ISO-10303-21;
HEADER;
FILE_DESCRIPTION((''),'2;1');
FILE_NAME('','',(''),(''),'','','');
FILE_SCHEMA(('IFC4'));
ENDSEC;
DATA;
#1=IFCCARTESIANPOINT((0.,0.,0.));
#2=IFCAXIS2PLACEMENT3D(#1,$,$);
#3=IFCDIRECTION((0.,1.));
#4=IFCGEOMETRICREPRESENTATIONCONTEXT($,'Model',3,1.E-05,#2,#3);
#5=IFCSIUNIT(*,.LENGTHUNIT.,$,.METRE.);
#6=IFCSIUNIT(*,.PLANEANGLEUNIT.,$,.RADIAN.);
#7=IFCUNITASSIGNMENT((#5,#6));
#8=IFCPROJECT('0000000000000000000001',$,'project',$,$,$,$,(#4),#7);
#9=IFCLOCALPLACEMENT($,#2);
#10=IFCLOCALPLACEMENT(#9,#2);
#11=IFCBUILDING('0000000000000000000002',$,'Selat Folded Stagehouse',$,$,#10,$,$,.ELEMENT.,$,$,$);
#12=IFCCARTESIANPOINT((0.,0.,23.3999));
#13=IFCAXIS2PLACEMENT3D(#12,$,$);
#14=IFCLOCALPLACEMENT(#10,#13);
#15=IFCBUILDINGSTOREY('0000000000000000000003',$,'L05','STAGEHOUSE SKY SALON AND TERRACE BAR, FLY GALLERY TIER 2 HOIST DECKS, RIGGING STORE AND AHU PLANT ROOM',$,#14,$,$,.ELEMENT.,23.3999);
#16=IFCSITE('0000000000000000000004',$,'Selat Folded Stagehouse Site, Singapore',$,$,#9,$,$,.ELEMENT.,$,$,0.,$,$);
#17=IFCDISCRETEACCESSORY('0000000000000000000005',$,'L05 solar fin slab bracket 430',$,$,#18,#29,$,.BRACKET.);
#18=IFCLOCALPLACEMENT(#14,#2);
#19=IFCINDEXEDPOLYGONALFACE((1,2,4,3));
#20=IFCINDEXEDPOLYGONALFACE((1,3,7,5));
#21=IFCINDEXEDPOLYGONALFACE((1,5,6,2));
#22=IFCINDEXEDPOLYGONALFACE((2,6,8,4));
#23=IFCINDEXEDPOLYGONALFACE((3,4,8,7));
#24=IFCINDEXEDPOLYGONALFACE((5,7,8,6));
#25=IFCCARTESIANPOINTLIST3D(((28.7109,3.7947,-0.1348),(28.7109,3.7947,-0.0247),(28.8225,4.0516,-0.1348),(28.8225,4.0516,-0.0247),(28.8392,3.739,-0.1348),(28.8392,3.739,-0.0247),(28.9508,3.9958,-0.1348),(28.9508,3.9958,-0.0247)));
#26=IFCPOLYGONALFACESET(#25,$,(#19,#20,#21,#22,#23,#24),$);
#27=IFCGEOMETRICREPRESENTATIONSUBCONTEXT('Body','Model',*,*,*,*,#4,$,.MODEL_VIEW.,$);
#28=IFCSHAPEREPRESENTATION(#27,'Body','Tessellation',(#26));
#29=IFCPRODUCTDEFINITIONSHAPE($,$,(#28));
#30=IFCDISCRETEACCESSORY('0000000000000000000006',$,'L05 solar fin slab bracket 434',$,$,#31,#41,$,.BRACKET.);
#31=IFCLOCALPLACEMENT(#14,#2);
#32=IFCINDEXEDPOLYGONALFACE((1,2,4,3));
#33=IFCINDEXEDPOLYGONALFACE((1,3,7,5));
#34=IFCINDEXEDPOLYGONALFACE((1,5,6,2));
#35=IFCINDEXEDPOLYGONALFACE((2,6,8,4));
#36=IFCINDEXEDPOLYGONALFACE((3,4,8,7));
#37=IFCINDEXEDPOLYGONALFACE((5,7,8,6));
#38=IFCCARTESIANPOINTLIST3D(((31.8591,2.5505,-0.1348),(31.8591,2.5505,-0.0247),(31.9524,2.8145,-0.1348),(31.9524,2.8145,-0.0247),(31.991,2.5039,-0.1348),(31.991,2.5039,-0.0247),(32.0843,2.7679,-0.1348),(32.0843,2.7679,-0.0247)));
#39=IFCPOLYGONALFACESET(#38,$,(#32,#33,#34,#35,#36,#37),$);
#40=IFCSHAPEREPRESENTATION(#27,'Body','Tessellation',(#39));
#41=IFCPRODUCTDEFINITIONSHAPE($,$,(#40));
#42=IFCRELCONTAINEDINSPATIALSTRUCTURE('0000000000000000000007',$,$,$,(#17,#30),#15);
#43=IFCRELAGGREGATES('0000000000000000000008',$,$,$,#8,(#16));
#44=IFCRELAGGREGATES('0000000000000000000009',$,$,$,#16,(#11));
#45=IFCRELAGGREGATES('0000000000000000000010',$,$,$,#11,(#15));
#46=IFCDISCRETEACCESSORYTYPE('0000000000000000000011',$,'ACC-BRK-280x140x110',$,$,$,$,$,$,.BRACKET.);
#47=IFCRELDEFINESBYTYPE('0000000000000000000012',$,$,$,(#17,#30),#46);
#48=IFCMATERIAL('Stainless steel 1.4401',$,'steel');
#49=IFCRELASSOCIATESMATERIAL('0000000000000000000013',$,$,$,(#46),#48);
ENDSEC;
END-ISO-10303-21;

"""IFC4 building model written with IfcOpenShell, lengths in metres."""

from ifc_helpers import new_model, si_unit, direction, frame, origin, origin_2d, place, context, subcontext, project, spatial, rectangle, extrude, material, type_object, element, save


model = new_model("IFC4")

# Units and contexts
model_context = context("Model", 3, precision=1e-05, world=origin(), true_north=direction((0.0, 1.0)))
body_context = subcontext(model_context, "Body", "Model", "MODEL_VIEW")
ifc_project = project(units=[si_unit("LENGTHUNIT", "METRE"), si_unit("PLANEANGLEUNIT", "RADIAN")], contexts=[model_context])

# Site, building, storey
site_placement = place(None, origin())
site = spatial("IfcSite", under=ifc_project, at=site_placement, Name="Selat Folded Stagehouse Site, Singapore", CompositionType="ELEMENT", RefElevation=0.0)
building_placement = place(site_placement, origin())
building = spatial("IfcBuilding", under=site, at=building_placement, Name="Selat Folded Stagehouse", CompositionType="ELEMENT")
storey_placement = place(building_placement, frame((0.0, 0.0, 23.3999)))
storey = spatial("IfcBuildingStorey", under=building, at=storey_placement, Name="L05", Description="STAGEHOUSE SKY SALON AND TERRACE BAR, FLY GALLERY TIER 2 HOIST DECKS, RIGGING STORE AND AHU PLANT ROOM", CompositionType="ELEMENT", Elevation=23.3999)

# Discrete accessories
ifc_material_1 = material(Name="Stainless steel 1.4401", Category="steel")
discrete_accessory_type = type_object("IfcDiscreteAccessoryType", Name="ACC-BRK-280x140x110", PredefinedType="BRACKET", material=ifc_material_1)
for number, where, z_axis, x_axis, name in (
    (1, (28.8308, 3.8953, -0.1348), (0.0, 0.0, 1.0), (-0.398589, -0.91713, 0.0), "L05 solar fin slab bracket 430"),
    (2, (31.9717, 2.6592, -0.1348), (0.0, 0.0, 1.0), (-0.333313, -0.942816, 0.0), "L05 solar fin slab bracket 434"),
):
    element("IfcDiscreteAccessory", number, at=place(storey_placement, frame(where, z_axis=z_axis, x_axis=x_axis)), inside=storey, type_object=discrete_accessory_type, Name=name, PredefinedType="BRACKET", context=body_context, shape_type="SweptSolid", body=[
        extrude(rectangle(XDim=0.28, YDim=0.1399, at=origin_2d()), origin(), (0.0, 0.0, 1.0), 0.1101),
    ])

save(model, "model.ifc")
